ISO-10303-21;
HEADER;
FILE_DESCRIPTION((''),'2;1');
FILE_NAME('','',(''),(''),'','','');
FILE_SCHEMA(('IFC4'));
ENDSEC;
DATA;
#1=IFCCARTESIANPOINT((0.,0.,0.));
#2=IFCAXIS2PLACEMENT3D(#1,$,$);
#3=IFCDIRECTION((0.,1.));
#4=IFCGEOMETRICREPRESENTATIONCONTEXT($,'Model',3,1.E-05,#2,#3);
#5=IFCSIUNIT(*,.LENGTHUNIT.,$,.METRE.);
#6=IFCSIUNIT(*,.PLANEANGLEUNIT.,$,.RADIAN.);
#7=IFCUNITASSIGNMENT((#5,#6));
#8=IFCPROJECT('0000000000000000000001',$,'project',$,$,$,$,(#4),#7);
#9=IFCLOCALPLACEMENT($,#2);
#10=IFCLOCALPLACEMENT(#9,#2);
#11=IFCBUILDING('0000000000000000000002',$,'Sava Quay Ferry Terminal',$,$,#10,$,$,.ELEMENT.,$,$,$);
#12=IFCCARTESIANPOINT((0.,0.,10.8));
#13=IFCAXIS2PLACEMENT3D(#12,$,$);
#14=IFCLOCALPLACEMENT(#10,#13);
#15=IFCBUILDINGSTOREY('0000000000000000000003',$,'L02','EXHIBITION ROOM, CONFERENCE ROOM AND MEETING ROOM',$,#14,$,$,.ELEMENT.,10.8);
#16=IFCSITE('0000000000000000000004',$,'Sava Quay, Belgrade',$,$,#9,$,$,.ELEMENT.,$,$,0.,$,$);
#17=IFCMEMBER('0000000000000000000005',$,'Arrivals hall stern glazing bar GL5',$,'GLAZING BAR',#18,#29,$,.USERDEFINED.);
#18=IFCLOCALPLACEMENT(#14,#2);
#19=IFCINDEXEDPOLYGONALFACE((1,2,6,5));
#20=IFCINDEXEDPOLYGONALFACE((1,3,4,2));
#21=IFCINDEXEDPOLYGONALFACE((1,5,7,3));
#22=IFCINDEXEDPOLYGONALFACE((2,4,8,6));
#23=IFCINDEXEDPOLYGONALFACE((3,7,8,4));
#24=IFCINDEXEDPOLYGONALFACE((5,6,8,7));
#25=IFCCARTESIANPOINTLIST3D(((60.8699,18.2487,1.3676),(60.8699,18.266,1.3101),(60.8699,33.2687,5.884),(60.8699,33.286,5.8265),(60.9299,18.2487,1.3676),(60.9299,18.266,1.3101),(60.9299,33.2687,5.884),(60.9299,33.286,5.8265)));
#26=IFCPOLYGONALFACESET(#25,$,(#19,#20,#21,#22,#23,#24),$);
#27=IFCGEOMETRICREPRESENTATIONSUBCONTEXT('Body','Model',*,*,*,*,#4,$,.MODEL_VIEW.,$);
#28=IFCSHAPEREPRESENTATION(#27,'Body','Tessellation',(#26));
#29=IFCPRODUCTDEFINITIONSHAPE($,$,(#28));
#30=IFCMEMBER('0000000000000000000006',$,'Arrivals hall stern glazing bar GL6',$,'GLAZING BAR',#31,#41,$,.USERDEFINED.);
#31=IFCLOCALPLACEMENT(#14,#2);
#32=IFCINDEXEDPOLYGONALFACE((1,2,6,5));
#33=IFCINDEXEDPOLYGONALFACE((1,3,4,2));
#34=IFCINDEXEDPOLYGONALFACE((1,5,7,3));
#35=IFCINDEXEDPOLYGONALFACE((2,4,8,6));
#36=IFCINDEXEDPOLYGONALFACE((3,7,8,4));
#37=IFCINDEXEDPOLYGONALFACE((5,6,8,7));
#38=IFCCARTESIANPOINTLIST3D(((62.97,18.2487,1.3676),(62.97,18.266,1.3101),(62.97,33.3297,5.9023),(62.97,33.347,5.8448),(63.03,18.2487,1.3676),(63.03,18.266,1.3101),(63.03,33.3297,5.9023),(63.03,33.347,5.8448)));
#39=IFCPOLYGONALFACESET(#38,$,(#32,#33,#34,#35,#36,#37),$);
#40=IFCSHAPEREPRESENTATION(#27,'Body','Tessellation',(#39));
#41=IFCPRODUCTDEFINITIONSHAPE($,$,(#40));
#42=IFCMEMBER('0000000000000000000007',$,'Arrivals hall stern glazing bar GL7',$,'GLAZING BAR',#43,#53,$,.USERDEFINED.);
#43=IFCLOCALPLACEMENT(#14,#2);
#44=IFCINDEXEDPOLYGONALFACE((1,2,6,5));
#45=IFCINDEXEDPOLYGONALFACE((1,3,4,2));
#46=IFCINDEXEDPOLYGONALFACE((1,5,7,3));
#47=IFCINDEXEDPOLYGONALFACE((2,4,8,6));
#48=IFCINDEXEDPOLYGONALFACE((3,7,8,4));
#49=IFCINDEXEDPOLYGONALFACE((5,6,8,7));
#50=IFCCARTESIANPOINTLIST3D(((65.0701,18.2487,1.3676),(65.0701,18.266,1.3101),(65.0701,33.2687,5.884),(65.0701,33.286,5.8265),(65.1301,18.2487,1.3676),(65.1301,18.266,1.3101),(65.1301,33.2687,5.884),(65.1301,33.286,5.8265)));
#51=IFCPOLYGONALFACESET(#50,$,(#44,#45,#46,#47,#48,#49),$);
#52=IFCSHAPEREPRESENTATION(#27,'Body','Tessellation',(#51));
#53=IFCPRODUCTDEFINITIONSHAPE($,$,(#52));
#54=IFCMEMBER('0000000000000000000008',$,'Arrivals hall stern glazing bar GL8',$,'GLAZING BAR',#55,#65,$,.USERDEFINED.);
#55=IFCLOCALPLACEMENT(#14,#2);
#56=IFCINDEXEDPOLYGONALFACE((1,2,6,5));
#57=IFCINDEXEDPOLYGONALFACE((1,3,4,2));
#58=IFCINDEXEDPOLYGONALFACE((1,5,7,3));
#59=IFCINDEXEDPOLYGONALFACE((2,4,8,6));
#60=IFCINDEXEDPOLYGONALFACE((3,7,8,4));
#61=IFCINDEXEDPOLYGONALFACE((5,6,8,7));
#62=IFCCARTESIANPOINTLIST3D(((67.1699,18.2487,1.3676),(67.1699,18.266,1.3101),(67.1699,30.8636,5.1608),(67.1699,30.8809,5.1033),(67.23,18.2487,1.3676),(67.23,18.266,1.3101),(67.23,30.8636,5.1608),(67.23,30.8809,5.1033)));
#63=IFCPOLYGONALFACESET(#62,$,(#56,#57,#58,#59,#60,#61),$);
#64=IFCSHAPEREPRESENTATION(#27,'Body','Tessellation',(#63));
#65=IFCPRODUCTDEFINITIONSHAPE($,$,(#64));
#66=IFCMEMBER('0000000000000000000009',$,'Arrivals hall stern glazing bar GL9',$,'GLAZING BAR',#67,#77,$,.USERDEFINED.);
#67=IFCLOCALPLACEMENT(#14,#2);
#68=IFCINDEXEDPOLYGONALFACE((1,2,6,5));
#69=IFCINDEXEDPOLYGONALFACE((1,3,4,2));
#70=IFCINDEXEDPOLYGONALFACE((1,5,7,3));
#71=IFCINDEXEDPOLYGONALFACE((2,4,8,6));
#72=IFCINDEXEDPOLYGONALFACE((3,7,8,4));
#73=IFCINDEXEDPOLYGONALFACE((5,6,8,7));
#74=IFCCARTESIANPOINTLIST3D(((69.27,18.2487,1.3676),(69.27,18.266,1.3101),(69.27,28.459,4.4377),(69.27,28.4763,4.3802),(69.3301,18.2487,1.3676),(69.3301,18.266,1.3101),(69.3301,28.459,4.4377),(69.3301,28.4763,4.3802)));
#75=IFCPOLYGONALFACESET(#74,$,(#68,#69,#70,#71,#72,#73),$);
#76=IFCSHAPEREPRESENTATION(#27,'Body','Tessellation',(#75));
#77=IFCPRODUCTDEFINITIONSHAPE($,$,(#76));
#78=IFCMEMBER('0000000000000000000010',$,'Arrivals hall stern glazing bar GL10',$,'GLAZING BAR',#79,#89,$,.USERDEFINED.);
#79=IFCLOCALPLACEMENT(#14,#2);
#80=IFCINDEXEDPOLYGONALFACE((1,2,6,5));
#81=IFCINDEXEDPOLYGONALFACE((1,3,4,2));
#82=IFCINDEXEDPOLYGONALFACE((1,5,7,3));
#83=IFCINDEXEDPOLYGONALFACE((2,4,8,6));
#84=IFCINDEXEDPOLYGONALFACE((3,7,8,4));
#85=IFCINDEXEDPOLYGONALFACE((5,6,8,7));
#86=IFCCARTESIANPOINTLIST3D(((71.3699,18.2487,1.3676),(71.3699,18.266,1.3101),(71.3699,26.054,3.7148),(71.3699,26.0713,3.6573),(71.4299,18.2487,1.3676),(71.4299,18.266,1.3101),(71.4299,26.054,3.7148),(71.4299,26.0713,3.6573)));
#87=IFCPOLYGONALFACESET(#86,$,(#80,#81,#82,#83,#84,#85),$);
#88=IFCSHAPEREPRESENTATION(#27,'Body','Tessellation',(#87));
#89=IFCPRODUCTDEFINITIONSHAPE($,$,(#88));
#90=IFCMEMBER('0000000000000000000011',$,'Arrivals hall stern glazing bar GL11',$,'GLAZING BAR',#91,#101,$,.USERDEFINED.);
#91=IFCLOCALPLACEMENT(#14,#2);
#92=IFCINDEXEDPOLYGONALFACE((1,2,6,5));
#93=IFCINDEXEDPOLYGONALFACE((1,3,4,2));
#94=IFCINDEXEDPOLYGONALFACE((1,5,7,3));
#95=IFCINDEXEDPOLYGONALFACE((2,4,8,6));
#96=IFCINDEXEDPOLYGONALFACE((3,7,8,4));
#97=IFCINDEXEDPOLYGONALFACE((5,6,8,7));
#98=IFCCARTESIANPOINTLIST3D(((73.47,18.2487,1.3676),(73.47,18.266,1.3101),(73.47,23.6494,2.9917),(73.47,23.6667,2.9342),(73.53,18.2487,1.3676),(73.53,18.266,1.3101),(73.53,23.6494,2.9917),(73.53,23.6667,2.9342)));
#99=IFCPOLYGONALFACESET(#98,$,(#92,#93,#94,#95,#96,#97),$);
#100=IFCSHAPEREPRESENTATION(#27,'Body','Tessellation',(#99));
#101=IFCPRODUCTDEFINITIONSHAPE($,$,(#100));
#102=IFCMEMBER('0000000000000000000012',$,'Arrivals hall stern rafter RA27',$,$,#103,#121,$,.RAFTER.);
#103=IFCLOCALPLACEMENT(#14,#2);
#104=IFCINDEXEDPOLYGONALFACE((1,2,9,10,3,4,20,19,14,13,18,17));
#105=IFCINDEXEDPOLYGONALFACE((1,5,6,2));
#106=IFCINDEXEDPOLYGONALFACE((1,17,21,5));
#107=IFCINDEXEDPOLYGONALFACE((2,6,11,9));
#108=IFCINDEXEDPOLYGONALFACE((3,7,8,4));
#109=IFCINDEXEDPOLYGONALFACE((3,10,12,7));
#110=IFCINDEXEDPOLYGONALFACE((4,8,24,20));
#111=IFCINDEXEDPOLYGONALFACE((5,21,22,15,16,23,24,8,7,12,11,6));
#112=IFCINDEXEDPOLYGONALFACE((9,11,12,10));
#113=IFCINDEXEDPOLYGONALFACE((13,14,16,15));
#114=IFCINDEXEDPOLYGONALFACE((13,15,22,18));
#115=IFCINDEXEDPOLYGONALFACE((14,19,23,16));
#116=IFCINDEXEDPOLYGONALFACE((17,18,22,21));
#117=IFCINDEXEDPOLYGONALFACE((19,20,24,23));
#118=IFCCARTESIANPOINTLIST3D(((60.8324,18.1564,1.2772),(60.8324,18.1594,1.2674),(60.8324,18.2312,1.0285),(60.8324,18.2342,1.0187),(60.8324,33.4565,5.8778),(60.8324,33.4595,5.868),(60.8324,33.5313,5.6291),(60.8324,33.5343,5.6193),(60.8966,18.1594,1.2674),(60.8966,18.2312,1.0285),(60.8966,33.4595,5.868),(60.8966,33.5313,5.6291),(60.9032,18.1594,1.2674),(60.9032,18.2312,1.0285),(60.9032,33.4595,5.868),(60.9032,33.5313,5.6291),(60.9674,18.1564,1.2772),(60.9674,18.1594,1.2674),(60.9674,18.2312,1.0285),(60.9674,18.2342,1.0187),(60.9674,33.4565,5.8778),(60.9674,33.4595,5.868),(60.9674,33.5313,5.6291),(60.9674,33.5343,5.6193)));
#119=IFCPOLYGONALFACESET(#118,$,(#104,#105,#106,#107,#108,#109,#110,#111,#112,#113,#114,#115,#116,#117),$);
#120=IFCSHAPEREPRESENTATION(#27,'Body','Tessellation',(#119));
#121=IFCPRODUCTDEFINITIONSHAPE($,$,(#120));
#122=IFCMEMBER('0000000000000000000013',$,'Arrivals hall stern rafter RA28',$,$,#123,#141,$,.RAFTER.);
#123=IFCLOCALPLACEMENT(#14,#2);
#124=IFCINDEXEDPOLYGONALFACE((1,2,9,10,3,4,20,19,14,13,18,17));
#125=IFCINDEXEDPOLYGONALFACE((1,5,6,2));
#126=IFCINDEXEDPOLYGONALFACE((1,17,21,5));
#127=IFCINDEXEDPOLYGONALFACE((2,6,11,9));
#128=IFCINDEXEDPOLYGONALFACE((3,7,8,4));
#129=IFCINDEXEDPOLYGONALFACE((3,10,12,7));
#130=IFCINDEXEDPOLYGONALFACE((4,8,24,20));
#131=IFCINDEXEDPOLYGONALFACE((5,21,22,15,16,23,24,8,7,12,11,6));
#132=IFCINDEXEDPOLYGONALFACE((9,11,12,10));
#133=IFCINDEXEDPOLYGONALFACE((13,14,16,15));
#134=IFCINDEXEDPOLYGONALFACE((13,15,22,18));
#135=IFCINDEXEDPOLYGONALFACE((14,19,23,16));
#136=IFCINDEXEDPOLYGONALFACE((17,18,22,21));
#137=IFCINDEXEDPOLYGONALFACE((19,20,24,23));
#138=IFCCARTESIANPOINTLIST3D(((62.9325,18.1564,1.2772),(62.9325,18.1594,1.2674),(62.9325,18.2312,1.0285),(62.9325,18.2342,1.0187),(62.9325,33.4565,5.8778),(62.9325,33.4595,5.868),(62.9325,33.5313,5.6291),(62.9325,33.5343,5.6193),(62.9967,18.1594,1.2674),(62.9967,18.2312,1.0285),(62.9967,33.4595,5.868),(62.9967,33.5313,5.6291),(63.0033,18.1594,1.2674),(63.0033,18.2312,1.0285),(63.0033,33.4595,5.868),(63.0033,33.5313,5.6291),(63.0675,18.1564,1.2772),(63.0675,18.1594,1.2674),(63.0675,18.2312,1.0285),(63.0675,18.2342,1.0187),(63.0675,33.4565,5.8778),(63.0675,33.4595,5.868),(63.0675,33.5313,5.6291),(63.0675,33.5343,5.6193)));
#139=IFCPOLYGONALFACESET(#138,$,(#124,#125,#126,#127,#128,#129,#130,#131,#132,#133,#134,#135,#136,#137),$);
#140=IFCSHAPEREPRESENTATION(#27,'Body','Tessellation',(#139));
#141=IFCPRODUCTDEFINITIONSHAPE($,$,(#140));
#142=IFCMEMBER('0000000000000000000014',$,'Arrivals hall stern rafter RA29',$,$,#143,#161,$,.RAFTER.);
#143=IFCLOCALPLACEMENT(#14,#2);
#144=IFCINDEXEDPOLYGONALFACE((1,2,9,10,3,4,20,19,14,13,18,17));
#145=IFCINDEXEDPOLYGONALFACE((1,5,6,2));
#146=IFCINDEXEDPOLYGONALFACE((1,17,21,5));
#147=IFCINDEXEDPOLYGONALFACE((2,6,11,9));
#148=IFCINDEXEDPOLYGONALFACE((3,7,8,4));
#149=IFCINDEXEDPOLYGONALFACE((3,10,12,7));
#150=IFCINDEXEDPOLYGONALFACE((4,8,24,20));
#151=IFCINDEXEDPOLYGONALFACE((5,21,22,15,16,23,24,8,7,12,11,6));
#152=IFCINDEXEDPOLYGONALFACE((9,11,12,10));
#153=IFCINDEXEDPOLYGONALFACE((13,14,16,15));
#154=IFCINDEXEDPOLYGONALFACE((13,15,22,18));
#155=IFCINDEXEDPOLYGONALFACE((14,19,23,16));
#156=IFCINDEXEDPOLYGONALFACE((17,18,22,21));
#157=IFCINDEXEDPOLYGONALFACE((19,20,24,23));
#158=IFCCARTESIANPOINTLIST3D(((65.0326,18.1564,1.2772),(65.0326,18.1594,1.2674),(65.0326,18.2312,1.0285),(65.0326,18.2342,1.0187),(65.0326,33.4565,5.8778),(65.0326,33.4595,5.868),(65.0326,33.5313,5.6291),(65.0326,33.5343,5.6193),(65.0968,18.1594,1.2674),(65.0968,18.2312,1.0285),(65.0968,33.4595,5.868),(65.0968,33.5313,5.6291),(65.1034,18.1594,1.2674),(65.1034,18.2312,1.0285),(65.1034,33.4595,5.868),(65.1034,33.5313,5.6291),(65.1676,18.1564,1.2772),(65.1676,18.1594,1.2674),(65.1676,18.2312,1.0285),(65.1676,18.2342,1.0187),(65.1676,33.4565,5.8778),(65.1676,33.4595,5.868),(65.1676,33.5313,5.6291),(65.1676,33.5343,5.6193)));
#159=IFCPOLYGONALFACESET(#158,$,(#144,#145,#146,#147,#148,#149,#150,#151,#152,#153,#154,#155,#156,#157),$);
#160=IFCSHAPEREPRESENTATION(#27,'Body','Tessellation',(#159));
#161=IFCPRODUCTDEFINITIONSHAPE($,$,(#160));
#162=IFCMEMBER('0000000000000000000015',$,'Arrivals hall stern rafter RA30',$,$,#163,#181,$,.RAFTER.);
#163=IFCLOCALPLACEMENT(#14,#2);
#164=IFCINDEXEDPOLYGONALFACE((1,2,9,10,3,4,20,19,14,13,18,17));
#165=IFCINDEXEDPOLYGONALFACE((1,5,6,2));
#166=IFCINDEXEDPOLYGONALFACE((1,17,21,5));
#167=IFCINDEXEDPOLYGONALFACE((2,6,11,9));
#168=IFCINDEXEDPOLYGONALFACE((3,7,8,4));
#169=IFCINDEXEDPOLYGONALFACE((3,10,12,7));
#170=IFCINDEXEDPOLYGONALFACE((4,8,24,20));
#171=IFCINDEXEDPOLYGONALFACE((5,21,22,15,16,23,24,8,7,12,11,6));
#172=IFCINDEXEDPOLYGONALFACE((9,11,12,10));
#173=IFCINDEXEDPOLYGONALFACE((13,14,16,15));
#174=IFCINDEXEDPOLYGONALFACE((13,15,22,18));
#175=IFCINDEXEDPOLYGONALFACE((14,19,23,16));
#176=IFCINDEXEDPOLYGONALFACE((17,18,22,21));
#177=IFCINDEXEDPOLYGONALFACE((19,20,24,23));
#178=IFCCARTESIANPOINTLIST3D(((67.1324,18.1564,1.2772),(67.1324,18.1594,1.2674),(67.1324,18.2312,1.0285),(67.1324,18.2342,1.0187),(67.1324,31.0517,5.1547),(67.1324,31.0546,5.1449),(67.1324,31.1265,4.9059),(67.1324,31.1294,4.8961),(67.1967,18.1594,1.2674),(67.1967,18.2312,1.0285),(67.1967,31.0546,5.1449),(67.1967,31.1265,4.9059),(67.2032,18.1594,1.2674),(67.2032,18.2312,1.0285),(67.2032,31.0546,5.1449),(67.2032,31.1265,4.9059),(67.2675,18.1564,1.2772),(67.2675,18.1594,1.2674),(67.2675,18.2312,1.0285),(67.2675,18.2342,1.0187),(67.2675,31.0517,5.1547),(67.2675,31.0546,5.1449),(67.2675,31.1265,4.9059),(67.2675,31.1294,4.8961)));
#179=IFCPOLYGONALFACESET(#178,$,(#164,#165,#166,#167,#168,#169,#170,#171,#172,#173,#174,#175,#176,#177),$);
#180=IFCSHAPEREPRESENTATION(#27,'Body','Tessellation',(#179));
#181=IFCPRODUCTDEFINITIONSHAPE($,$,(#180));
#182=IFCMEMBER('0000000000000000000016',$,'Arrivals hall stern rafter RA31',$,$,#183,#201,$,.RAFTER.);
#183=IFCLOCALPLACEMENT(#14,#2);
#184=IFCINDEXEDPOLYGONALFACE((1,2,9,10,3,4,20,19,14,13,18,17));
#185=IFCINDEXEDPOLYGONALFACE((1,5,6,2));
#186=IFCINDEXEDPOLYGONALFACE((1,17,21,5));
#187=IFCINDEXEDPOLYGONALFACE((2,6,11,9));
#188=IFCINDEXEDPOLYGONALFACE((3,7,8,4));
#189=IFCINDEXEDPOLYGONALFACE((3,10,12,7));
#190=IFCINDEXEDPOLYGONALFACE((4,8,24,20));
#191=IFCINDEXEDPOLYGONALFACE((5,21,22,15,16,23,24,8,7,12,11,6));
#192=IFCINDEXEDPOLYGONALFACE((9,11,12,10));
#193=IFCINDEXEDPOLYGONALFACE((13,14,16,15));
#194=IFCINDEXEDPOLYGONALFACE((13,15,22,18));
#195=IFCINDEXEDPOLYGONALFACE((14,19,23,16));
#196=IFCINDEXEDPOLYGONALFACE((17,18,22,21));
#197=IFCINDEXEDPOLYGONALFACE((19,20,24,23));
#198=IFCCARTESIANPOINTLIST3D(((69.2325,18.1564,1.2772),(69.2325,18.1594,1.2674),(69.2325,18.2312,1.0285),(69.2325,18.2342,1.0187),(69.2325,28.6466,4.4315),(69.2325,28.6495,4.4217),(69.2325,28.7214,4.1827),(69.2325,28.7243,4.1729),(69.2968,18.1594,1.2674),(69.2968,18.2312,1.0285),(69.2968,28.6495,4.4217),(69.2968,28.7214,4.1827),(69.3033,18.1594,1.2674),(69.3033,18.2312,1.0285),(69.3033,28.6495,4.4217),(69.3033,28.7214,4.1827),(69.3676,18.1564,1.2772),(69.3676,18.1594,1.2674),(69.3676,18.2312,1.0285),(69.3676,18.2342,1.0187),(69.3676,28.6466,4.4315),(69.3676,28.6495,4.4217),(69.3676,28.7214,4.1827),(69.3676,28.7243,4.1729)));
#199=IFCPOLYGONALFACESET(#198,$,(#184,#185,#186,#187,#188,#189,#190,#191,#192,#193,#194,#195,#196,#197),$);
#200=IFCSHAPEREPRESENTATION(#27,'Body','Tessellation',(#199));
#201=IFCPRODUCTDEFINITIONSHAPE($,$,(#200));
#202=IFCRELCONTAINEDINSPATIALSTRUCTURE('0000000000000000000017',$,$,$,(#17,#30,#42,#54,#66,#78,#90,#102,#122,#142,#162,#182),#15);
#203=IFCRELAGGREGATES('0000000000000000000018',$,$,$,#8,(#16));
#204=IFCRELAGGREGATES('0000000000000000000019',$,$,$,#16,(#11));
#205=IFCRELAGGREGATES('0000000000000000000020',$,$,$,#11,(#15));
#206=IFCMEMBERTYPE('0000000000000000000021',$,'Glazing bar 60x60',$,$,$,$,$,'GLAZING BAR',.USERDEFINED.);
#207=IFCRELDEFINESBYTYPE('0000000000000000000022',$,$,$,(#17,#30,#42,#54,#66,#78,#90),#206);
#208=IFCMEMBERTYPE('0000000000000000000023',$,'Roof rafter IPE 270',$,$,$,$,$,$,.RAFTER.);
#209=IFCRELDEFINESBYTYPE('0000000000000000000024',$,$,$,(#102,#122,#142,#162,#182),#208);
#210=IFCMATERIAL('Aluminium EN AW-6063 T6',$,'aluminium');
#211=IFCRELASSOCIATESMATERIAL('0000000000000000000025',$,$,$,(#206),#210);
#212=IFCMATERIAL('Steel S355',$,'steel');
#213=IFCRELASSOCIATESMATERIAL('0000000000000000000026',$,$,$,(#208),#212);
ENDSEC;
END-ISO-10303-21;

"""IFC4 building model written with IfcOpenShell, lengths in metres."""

from ifc_helpers import new_model, si_unit, direction, frame, origin, origin_2d, place, context, subcontext, project, spatial, rectangle, i_section, extrude, material, material_profile, profile_set, type_object, element, save


model = new_model("IFC4")

# Units and contexts
model_context = context("Model", 3, precision=1e-05, world=origin(), true_north=direction((0.0, 1.0)))
body_context = subcontext(model_context, "Body", "Model", "MODEL_VIEW")
ifc_project = project(units=[si_unit("LENGTHUNIT", "METRE"), si_unit("PLANEANGLEUNIT", "RADIAN")], contexts=[model_context])

# Site, building, storey
site_placement = place(None, origin())
site = spatial("IfcSite", under=ifc_project, at=site_placement, Name="Sava Quay, Belgrade", CompositionType="ELEMENT", RefElevation=0.0)
building_placement = place(site_placement, origin())
building = spatial("IfcBuilding", under=site, at=building_placement, Name="Sava Quay Ferry Terminal", CompositionType="ELEMENT")
storey_placement = place(building_placement, frame((0.0, 0.0, 10.8)))
storey = spatial("IfcBuildingStorey", under=building, at=storey_placement, Name="L02", Description="EXHIBITION ROOM, CONFERENCE ROOM AND MEETING ROOM", CompositionType="ELEMENT", Elevation=10.8)

# Members
ifc_material_1 = material(Name="Aluminium EN AW-6063 T6", Category="aluminium")
ifc_material_profile_1 = material_profile(ifc_material_1, rectangle(XDim=0.0601, YDim=0.0601, at=origin_2d()), Name="Bar 60 x 60")
ifc_profile_set_1 = profile_set([ifc_material_profile_1], Name="Aluminium EN AW-6063 T6")
member_type_1 = type_object("IfcMemberType", Name="Glazing bar 60x60", ElementType="GLAZING BAR", PredefinedType="USERDEFINED", material=ifc_profile_set_1)
member_1_placement = place(storey_placement, frame((60.8999, 18.2573, 1.3389), z_axis=(0.0, 0.957644, 0.287953), x_axis=(-1.0, 0.0, 0.0)))
element("IfcMember", 1, at=member_1_placement, inside=storey, type_object=member_type_1, Name="Arrivals hall stern glazing bar GL5", ObjectType="GLAZING BAR", PredefinedType="USERDEFINED", context=body_context, shape_type="SweptSolid", body=[
    extrude(rectangle(XDim=0.0601, YDim=0.0601, at=origin_2d()), origin(), (0.0, 0.0, 1.0), 15.6843),
])
member_2_placement = place(storey_placement, frame((63.0, 18.2573, 1.3389), z_axis=(0.0, 0.957645, 0.287951), x_axis=(-1.0, 0.0, 0.0)))
element("IfcMember", 2, at=member_2_placement, inside=storey, type_object=member_type_1, Name="Arrivals hall stern glazing bar GL6", ObjectType="GLAZING BAR", PredefinedType="USERDEFINED", context=body_context, shape_type="SweptSolid", body=[
    extrude(rectangle(XDim=0.0601, YDim=0.0601, at=origin_2d()), origin(), (0.0, 0.0, 1.0), 15.748),
])
member_3_placement = place(storey_placement, frame((65.1001, 18.2573, 1.3389), z_axis=(0.0, 0.957644, 0.287953), x_axis=(-1.0, 0.0, 0.0)))
element("IfcMember", 3, at=member_3_placement, inside=storey, type_object=member_type_1, Name="Arrivals hall stern glazing bar GL7", ObjectType="GLAZING BAR", PredefinedType="USERDEFINED", context=body_context, shape_type="SweptSolid", body=[
    extrude(rectangle(XDim=0.0601, YDim=0.0601, at=origin_2d()), origin(), (0.0, 0.0, 1.0), 15.6843),
])
member_4_placement = place(storey_placement, frame((67.2, 18.2573, 1.3389), z_axis=(0.0, 0.957644, 0.287955), x_axis=(-1.0, 0.0, 0.0)))
element("IfcMember", 4, at=member_4_placement, inside=storey, type_object=member_type_1, Name="Arrivals hall stern glazing bar GL8", ObjectType="GLAZING BAR", PredefinedType="USERDEFINED", context=body_context, shape_type="SweptSolid", body=[
    extrude(rectangle(XDim=0.0601, YDim=0.0601, at=origin_2d()), origin(), (0.0, 0.0, 1.0), 13.1729),
])
member_5_placement = place(storey_placement, frame((69.3, 18.2573, 1.3389), z_axis=(0.0, 0.957645, 0.287951), x_axis=(-1.0, 0.0, 0.0)))
element("IfcMember", 5, at=member_5_placement, inside=storey, type_object=member_type_1, Name="Arrivals hall stern glazing bar GL9", ObjectType="GLAZING BAR", PredefinedType="USERDEFINED", context=body_context, shape_type="SweptSolid", body=[
    extrude(rectangle(XDim=0.0601, YDim=0.0601, at=origin_2d()), origin(), (0.0, 0.0, 1.0), 10.6619),
])
member_6_placement = place(storey_placement, frame((71.3999, 18.2573, 1.3389), z_axis=(0.0, 0.957639, 0.287972), x_axis=(-1.0, 0.0, 0.0)))
element("IfcMember", 6, at=member_6_placement, inside=storey, type_object=member_type_1, Name="Arrivals hall stern glazing bar GL10", ObjectType="GLAZING BAR", PredefinedType="USERDEFINED", context=body_context, shape_type="SweptSolid", body=[
    extrude(rectangle(XDim=0.0601, YDim=0.0601, at=origin_2d()), origin(), (0.0, 0.0, 1.0), 8.1506),
])
member_7_placement = place(storey_placement, frame((73.5, 18.2573, 1.3389), z_axis=(0.0, 0.957639, 0.287971), x_axis=(-1.0, 0.0, 0.0)))
element("IfcMember", 7, at=member_7_placement, inside=storey, type_object=member_type_1, Name="Arrivals hall stern glazing bar GL11", ObjectType="GLAZING BAR", PredefinedType="USERDEFINED", context=body_context, shape_type="SweptSolid", body=[
    extrude(rectangle(XDim=0.0601, YDim=0.0601, at=origin_2d()), origin(), (0.0, 0.0, 1.0), 5.6396),
])
ifc_material_2 = material(Name="Steel S355", Category="steel")
ifc_material_profile_2 = material_profile(ifc_material_2, i_section(OverallWidth=0.135, OverallDepth=0.27, WebThickness=0.0066, FlangeThickness=0.0103, at=origin_2d()), Name="IPE 270")
ifc_profile_set_2 = profile_set([ifc_material_profile_2], Name="Steel S355")
member_type_2 = type_object("IfcMemberType", Name="Roof rafter IPE 270", PredefinedType="RAFTER", material=ifc_profile_set_2)
for number, where, z_axis, x_axis, name in (
    (8, (60.8999, 18.1953, 1.1479), (0.0, 0.957644, 0.287955), (-1.0, 0.0, 0.0), "Arrivals hall stern rafter RA27"),
    (9, (63.0, 18.1953, 1.1479), (0.0, 0.957644, 0.287955), (-1.0, 0.0, 0.0), "Arrivals hall stern rafter RA28"),
    (10, (65.1001, 18.1953, 1.1479), (0.0, 0.957644, 0.287955), (-1.0, 0.0, 0.0), "Arrivals hall stern rafter RA29"),
):
    element("IfcMember", number, at=place(storey_placement, frame(where, z_axis=z_axis, x_axis=x_axis)), inside=storey, type_object=member_type_2, Name=name, PredefinedType="RAFTER", context=body_context, shape_type="SweptSolid", body=[
        extrude(i_section(OverallWidth=0.135, OverallDepth=0.27, WebThickness=0.0066, FlangeThickness=0.0103, at=origin_2d()), origin(), (0.0, 0.0, 1.0), 15.9768),
    ])
member_8_placement = place(storey_placement, frame((67.2, 18.1953, 1.1479), z_axis=(0.0, 0.957645, 0.287952), x_axis=(-1.0, 0.0, 0.0)))
element("IfcMember", 11, at=member_8_placement, inside=storey, type_object=member_type_2, Name="Arrivals hall stern rafter RA30", PredefinedType="RAFTER", context=body_context, shape_type="SweptSolid", body=[
    extrude(i_section(OverallWidth=0.135, OverallDepth=0.27, WebThickness=0.0066, FlangeThickness=0.0103, at=origin_2d()), origin(), (0.0, 0.0, 1.0), 13.4656),
])
member_9_placement = place(storey_placement, frame((69.3, 18.1953, 1.1479), z_axis=(0.0, 0.957645, 0.287953), x_axis=(-1.0, 0.0, 0.0)))
element("IfcMember", 12, at=member_9_placement, inside=storey, type_object=member_type_2, Name="Arrivals hall stern rafter RA31", PredefinedType="RAFTER", context=body_context, shape_type="SweptSolid", body=[
    extrude(i_section(OverallWidth=0.135, OverallDepth=0.27, WebThickness=0.0066, FlangeThickness=0.0103, at=origin_2d()), origin(), (0.0, 0.0, 1.0), 10.9541),
])

save(model, "model.ifc")
